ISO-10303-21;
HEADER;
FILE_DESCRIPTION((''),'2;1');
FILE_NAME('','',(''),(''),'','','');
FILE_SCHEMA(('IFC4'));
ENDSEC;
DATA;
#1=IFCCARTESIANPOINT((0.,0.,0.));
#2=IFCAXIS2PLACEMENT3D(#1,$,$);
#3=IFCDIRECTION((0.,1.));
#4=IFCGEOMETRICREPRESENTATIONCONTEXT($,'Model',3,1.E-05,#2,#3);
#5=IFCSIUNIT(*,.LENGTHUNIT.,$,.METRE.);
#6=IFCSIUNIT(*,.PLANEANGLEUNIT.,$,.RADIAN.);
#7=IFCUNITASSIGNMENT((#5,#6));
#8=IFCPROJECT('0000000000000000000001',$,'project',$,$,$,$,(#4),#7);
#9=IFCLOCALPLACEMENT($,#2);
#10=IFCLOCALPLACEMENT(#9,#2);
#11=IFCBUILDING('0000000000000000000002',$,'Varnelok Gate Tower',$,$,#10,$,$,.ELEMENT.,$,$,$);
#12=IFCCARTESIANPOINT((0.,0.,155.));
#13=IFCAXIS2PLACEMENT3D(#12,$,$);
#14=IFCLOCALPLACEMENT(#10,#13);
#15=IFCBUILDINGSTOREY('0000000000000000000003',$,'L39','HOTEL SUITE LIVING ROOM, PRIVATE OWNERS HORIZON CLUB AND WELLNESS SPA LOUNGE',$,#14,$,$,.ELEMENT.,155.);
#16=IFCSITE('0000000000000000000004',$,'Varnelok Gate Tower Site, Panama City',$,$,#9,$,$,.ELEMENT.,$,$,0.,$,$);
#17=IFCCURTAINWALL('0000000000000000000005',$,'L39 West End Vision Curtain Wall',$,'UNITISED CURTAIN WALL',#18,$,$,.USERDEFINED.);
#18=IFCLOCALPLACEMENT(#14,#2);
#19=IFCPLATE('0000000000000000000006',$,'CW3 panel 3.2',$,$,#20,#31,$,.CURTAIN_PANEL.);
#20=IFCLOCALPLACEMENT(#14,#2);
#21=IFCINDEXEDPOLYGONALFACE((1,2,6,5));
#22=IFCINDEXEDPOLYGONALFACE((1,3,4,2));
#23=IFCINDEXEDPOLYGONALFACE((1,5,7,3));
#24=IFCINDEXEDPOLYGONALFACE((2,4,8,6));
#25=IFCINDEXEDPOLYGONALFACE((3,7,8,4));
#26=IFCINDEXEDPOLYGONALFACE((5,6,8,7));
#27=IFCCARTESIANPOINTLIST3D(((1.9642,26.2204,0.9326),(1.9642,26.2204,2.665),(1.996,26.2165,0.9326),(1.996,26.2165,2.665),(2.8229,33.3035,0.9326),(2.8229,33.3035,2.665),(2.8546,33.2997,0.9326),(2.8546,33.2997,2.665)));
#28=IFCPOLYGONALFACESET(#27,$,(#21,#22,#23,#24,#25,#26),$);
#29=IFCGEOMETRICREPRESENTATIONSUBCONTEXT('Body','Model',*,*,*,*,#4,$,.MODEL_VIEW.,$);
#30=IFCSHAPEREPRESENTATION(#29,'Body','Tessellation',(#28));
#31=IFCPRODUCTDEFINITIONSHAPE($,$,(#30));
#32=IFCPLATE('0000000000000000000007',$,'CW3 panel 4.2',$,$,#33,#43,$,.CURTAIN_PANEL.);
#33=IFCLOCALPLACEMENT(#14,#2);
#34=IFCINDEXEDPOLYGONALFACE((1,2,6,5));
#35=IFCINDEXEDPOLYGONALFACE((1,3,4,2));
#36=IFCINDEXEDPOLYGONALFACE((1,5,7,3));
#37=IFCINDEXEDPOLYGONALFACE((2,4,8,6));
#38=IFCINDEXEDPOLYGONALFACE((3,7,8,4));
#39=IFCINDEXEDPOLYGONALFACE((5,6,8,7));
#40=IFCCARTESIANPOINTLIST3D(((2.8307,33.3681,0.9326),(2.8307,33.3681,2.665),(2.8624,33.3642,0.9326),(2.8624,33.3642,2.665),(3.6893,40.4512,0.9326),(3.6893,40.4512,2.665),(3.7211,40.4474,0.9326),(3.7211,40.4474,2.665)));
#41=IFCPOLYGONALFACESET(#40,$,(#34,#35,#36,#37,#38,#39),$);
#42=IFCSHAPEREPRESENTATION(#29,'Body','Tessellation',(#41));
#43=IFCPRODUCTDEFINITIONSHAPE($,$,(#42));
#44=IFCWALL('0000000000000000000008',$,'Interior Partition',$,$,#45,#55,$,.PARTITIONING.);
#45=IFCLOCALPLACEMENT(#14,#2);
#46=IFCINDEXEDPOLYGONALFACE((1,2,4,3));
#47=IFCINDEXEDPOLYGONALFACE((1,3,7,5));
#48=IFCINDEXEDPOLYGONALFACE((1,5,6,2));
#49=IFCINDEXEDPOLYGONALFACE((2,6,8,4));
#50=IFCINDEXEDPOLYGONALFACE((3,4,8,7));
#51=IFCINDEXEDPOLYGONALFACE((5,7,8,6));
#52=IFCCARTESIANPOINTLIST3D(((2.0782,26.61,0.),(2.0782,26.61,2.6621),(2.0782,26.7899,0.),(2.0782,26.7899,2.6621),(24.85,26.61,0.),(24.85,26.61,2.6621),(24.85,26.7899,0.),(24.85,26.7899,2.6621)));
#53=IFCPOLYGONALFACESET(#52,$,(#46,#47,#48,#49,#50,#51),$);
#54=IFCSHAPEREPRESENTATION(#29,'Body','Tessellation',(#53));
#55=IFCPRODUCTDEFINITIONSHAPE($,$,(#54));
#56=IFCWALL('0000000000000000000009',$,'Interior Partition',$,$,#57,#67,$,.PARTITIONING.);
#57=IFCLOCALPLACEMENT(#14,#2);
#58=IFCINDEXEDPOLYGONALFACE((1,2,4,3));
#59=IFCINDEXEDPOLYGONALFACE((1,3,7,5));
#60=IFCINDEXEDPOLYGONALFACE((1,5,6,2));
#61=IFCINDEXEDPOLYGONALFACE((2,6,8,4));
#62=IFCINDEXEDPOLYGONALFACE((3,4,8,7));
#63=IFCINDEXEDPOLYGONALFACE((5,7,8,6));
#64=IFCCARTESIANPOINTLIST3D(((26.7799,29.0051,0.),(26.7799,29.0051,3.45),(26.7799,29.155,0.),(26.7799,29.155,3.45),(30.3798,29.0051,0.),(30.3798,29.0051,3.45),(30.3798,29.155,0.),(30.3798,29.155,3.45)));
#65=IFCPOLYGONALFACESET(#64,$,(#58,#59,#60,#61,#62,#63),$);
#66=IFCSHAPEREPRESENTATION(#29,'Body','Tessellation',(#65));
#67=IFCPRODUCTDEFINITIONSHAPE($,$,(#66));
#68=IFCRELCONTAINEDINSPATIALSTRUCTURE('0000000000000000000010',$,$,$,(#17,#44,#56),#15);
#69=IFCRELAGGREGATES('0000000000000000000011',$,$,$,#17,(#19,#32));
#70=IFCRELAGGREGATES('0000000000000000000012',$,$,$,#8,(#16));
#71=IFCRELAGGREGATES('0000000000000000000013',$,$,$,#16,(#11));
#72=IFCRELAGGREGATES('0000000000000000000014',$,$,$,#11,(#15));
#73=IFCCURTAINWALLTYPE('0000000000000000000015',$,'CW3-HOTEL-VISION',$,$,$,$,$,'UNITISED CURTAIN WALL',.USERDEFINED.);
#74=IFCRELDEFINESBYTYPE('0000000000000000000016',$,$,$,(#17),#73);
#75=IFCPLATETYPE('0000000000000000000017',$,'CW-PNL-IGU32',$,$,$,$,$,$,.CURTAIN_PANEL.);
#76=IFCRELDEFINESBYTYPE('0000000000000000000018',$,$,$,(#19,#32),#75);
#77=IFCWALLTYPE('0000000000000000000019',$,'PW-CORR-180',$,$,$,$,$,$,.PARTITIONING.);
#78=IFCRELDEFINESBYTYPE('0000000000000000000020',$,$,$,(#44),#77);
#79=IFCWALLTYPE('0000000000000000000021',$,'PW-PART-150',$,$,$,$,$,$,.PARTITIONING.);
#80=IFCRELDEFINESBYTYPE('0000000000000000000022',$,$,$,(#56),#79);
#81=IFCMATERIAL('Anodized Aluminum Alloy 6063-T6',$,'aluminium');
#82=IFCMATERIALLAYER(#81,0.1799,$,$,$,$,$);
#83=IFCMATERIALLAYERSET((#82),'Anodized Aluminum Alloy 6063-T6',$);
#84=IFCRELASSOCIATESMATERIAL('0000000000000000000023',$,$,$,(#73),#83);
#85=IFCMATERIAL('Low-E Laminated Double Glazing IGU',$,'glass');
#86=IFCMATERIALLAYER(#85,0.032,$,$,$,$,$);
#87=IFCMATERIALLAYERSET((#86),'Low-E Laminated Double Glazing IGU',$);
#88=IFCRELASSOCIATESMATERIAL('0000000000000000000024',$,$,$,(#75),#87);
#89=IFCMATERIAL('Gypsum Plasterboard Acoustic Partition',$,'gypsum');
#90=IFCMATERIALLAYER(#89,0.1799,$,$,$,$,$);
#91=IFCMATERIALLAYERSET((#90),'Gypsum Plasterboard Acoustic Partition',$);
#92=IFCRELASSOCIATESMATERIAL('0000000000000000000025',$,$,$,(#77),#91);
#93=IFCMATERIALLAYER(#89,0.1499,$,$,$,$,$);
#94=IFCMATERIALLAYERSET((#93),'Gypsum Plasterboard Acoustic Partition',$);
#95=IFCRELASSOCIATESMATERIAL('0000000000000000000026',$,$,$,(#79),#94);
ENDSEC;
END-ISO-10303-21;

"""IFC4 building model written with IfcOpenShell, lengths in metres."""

from ifc_helpers import new_model, si_unit, direction, frame, frame_2d, origin, origin_2d, place, context, subcontext, project, spatial, rectangle, extrude, source, transform, mapped, material, layer, layer_set, type_object, element, aggregate, save


model = new_model("IFC4")

# Units and contexts
model_context = context("Model", 3, precision=1e-05, world=origin(), true_north=direction((0.0, 1.0)))
body_context = subcontext(model_context, "Body", "Model", "MODEL_VIEW")
ifc_project = project(units=[si_unit("LENGTHUNIT", "METRE"), si_unit("PLANEANGLEUNIT", "RADIAN")], contexts=[model_context])

# Site, building, storey
site_placement = place(None, origin())
site = spatial("IfcSite", under=ifc_project, at=site_placement, Name="Varnelok Gate Tower Site, Panama City", CompositionType="ELEMENT", RefElevation=0.0)
building_placement = place(site_placement, origin())
building = spatial("IfcBuilding", under=site, at=building_placement, Name="Varnelok Gate Tower", CompositionType="ELEMENT")
storey_placement = place(building_placement, frame((0.0, 0.0, 155.0)))
storey = spatial("IfcBuildingStorey", under=building, at=storey_placement, Name="L39", Description="HOTEL SUITE LIVING ROOM, PRIVATE OWNERS HORIZON CLUB AND WELLNESS SPA LOUNGE", CompositionType="ELEMENT", Elevation=155.0)

# Curtain wall, plates
ifc_material_1 = material(Name="Anodized Aluminum Alloy 6063-T6", Category="aluminium")
ifc_layer_1 = layer(ifc_material_1, 0.1799)
ifc_layer_set_1 = layer_set([ifc_layer_1], Name="Anodized Aluminum Alloy 6063-T6")
curtain_wall_type = type_object("IfcCurtainWallType", Name="CW3-HOTEL-VISION", ElementType="UNITISED CURTAIN WALL", PredefinedType="USERDEFINED", material=ifc_layer_set_1)
curtain_wall_placement = place(storey_placement, origin())
curtain_wall = element("IfcCurtainWall", 1, at=curtain_wall_placement, inside=storey, type_object=curtain_wall_type, Name="L39 West End Vision Curtain Wall", ObjectType="UNITISED CURTAIN WALL", PredefinedType="USERDEFINED")
ifc_material_2 = material(Name="Low-E Laminated Double Glazing IGU", Category="glass")
ifc_layer_2 = layer(ifc_material_2, 0.032)
ifc_layer_set_2 = layer_set([ifc_layer_2], Name="Low-E Laminated Double Glazing IGU")
plate_type = type_object("IfcPlateType", Name="CW-PNL-IGU32", PredefinedType="CURTAIN_PANEL", material=ifc_layer_set_2)
shared_shape_1 = source(origin(), body_context, "Body", "SweptSolid", [
    extrude(rectangle(XDim=7.135, YDim=0.032, at=origin_2d()), origin(), (0.0, 0.0, 1.0), 1.7324),
])
plate_1_placement = place(storey_placement, frame((2.4094, 29.76, 0.9326), z_axis=(0.0, 0.0, 1.0), x_axis=(0.120347, 0.992732, 0.0)))
plate_1 = element("IfcPlate", 2, at=plate_1_placement, type_object=plate_type, Name="CW3 panel 3.2", PredefinedType="CURTAIN_PANEL", context=body_context, shape_type="MappedRepresentation", body=[
    mapped(shared_shape_1, transform((0.0, 0.0, 0.0), scale=1.0)),
])
plate_2_placement = place(storey_placement, frame((3.2759, 36.9077, 0.9326), z_axis=(0.0, 0.0, 1.0), x_axis=(0.120347, 0.992732, 0.0)))
plate_2 = element("IfcPlate", 3, at=plate_2_placement, type_object=plate_type, Name="CW3 panel 4.2", PredefinedType="CURTAIN_PANEL", context=body_context, shape_type="MappedRepresentation", body=[
    mapped(shared_shape_1, transform((0.0, 0.0, 0.0), scale=1.0)),
])
aggregate(curtain_wall, [plate_1, plate_2])

# Walls
ifc_material_3 = material(Name="Gypsum Plasterboard Acoustic Partition", Category="gypsum")
ifc_layer_3 = layer(ifc_material_3, 0.1799)
ifc_layer_set_3 = layer_set([ifc_layer_3], Name="Gypsum Plasterboard Acoustic Partition")
wall_type_1 = type_object("IfcWallType", Name="PW-CORR-180", PredefinedType="PARTITIONING", material=ifc_layer_set_3)
wall_1_placement = place(storey_placement, frame((2.0784, 26.7, 0.0), z_axis=(0.0, 0.0, 1.0), x_axis=(1.0, 0.0, 0.0)))
element("IfcWall", 4, at=wall_1_placement, inside=storey, type_object=wall_type_1, Name="Interior Partition", PredefinedType="PARTITIONING", context=body_context, shape_type="SweptSolid", body=[
    extrude(rectangle(XDim=22.7717, YDim=0.1799, at=frame_2d((11.3857, 0.0))), origin(), (0.0, 0.0, 1.0), 2.6621),
])
ifc_layer_4 = layer(ifc_material_3, 0.1499)
ifc_layer_set_4 = layer_set([ifc_layer_4], Name="Gypsum Plasterboard Acoustic Partition")
wall_type_2 = type_object("IfcWallType", Name="PW-PART-150", PredefinedType="PARTITIONING", material=ifc_layer_set_4)
wall_2_placement = place(storey_placement, frame((26.78, 29.0801, 0.0), z_axis=(0.0, 0.0, 1.0), x_axis=(1.0, 0.0, 0.0)))
element("IfcWall", 5, at=wall_2_placement, inside=storey, type_object=wall_type_2, Name="Interior Partition", PredefinedType="PARTITIONING", context=body_context, shape_type="SweptSolid", body=[
    extrude(rectangle(XDim=3.5999, YDim=0.1499, at=frame_2d((1.7998, 0.0))), origin(), (0.0, 0.0, 1.0), 3.45),
])

save(model, "model.ifc")
